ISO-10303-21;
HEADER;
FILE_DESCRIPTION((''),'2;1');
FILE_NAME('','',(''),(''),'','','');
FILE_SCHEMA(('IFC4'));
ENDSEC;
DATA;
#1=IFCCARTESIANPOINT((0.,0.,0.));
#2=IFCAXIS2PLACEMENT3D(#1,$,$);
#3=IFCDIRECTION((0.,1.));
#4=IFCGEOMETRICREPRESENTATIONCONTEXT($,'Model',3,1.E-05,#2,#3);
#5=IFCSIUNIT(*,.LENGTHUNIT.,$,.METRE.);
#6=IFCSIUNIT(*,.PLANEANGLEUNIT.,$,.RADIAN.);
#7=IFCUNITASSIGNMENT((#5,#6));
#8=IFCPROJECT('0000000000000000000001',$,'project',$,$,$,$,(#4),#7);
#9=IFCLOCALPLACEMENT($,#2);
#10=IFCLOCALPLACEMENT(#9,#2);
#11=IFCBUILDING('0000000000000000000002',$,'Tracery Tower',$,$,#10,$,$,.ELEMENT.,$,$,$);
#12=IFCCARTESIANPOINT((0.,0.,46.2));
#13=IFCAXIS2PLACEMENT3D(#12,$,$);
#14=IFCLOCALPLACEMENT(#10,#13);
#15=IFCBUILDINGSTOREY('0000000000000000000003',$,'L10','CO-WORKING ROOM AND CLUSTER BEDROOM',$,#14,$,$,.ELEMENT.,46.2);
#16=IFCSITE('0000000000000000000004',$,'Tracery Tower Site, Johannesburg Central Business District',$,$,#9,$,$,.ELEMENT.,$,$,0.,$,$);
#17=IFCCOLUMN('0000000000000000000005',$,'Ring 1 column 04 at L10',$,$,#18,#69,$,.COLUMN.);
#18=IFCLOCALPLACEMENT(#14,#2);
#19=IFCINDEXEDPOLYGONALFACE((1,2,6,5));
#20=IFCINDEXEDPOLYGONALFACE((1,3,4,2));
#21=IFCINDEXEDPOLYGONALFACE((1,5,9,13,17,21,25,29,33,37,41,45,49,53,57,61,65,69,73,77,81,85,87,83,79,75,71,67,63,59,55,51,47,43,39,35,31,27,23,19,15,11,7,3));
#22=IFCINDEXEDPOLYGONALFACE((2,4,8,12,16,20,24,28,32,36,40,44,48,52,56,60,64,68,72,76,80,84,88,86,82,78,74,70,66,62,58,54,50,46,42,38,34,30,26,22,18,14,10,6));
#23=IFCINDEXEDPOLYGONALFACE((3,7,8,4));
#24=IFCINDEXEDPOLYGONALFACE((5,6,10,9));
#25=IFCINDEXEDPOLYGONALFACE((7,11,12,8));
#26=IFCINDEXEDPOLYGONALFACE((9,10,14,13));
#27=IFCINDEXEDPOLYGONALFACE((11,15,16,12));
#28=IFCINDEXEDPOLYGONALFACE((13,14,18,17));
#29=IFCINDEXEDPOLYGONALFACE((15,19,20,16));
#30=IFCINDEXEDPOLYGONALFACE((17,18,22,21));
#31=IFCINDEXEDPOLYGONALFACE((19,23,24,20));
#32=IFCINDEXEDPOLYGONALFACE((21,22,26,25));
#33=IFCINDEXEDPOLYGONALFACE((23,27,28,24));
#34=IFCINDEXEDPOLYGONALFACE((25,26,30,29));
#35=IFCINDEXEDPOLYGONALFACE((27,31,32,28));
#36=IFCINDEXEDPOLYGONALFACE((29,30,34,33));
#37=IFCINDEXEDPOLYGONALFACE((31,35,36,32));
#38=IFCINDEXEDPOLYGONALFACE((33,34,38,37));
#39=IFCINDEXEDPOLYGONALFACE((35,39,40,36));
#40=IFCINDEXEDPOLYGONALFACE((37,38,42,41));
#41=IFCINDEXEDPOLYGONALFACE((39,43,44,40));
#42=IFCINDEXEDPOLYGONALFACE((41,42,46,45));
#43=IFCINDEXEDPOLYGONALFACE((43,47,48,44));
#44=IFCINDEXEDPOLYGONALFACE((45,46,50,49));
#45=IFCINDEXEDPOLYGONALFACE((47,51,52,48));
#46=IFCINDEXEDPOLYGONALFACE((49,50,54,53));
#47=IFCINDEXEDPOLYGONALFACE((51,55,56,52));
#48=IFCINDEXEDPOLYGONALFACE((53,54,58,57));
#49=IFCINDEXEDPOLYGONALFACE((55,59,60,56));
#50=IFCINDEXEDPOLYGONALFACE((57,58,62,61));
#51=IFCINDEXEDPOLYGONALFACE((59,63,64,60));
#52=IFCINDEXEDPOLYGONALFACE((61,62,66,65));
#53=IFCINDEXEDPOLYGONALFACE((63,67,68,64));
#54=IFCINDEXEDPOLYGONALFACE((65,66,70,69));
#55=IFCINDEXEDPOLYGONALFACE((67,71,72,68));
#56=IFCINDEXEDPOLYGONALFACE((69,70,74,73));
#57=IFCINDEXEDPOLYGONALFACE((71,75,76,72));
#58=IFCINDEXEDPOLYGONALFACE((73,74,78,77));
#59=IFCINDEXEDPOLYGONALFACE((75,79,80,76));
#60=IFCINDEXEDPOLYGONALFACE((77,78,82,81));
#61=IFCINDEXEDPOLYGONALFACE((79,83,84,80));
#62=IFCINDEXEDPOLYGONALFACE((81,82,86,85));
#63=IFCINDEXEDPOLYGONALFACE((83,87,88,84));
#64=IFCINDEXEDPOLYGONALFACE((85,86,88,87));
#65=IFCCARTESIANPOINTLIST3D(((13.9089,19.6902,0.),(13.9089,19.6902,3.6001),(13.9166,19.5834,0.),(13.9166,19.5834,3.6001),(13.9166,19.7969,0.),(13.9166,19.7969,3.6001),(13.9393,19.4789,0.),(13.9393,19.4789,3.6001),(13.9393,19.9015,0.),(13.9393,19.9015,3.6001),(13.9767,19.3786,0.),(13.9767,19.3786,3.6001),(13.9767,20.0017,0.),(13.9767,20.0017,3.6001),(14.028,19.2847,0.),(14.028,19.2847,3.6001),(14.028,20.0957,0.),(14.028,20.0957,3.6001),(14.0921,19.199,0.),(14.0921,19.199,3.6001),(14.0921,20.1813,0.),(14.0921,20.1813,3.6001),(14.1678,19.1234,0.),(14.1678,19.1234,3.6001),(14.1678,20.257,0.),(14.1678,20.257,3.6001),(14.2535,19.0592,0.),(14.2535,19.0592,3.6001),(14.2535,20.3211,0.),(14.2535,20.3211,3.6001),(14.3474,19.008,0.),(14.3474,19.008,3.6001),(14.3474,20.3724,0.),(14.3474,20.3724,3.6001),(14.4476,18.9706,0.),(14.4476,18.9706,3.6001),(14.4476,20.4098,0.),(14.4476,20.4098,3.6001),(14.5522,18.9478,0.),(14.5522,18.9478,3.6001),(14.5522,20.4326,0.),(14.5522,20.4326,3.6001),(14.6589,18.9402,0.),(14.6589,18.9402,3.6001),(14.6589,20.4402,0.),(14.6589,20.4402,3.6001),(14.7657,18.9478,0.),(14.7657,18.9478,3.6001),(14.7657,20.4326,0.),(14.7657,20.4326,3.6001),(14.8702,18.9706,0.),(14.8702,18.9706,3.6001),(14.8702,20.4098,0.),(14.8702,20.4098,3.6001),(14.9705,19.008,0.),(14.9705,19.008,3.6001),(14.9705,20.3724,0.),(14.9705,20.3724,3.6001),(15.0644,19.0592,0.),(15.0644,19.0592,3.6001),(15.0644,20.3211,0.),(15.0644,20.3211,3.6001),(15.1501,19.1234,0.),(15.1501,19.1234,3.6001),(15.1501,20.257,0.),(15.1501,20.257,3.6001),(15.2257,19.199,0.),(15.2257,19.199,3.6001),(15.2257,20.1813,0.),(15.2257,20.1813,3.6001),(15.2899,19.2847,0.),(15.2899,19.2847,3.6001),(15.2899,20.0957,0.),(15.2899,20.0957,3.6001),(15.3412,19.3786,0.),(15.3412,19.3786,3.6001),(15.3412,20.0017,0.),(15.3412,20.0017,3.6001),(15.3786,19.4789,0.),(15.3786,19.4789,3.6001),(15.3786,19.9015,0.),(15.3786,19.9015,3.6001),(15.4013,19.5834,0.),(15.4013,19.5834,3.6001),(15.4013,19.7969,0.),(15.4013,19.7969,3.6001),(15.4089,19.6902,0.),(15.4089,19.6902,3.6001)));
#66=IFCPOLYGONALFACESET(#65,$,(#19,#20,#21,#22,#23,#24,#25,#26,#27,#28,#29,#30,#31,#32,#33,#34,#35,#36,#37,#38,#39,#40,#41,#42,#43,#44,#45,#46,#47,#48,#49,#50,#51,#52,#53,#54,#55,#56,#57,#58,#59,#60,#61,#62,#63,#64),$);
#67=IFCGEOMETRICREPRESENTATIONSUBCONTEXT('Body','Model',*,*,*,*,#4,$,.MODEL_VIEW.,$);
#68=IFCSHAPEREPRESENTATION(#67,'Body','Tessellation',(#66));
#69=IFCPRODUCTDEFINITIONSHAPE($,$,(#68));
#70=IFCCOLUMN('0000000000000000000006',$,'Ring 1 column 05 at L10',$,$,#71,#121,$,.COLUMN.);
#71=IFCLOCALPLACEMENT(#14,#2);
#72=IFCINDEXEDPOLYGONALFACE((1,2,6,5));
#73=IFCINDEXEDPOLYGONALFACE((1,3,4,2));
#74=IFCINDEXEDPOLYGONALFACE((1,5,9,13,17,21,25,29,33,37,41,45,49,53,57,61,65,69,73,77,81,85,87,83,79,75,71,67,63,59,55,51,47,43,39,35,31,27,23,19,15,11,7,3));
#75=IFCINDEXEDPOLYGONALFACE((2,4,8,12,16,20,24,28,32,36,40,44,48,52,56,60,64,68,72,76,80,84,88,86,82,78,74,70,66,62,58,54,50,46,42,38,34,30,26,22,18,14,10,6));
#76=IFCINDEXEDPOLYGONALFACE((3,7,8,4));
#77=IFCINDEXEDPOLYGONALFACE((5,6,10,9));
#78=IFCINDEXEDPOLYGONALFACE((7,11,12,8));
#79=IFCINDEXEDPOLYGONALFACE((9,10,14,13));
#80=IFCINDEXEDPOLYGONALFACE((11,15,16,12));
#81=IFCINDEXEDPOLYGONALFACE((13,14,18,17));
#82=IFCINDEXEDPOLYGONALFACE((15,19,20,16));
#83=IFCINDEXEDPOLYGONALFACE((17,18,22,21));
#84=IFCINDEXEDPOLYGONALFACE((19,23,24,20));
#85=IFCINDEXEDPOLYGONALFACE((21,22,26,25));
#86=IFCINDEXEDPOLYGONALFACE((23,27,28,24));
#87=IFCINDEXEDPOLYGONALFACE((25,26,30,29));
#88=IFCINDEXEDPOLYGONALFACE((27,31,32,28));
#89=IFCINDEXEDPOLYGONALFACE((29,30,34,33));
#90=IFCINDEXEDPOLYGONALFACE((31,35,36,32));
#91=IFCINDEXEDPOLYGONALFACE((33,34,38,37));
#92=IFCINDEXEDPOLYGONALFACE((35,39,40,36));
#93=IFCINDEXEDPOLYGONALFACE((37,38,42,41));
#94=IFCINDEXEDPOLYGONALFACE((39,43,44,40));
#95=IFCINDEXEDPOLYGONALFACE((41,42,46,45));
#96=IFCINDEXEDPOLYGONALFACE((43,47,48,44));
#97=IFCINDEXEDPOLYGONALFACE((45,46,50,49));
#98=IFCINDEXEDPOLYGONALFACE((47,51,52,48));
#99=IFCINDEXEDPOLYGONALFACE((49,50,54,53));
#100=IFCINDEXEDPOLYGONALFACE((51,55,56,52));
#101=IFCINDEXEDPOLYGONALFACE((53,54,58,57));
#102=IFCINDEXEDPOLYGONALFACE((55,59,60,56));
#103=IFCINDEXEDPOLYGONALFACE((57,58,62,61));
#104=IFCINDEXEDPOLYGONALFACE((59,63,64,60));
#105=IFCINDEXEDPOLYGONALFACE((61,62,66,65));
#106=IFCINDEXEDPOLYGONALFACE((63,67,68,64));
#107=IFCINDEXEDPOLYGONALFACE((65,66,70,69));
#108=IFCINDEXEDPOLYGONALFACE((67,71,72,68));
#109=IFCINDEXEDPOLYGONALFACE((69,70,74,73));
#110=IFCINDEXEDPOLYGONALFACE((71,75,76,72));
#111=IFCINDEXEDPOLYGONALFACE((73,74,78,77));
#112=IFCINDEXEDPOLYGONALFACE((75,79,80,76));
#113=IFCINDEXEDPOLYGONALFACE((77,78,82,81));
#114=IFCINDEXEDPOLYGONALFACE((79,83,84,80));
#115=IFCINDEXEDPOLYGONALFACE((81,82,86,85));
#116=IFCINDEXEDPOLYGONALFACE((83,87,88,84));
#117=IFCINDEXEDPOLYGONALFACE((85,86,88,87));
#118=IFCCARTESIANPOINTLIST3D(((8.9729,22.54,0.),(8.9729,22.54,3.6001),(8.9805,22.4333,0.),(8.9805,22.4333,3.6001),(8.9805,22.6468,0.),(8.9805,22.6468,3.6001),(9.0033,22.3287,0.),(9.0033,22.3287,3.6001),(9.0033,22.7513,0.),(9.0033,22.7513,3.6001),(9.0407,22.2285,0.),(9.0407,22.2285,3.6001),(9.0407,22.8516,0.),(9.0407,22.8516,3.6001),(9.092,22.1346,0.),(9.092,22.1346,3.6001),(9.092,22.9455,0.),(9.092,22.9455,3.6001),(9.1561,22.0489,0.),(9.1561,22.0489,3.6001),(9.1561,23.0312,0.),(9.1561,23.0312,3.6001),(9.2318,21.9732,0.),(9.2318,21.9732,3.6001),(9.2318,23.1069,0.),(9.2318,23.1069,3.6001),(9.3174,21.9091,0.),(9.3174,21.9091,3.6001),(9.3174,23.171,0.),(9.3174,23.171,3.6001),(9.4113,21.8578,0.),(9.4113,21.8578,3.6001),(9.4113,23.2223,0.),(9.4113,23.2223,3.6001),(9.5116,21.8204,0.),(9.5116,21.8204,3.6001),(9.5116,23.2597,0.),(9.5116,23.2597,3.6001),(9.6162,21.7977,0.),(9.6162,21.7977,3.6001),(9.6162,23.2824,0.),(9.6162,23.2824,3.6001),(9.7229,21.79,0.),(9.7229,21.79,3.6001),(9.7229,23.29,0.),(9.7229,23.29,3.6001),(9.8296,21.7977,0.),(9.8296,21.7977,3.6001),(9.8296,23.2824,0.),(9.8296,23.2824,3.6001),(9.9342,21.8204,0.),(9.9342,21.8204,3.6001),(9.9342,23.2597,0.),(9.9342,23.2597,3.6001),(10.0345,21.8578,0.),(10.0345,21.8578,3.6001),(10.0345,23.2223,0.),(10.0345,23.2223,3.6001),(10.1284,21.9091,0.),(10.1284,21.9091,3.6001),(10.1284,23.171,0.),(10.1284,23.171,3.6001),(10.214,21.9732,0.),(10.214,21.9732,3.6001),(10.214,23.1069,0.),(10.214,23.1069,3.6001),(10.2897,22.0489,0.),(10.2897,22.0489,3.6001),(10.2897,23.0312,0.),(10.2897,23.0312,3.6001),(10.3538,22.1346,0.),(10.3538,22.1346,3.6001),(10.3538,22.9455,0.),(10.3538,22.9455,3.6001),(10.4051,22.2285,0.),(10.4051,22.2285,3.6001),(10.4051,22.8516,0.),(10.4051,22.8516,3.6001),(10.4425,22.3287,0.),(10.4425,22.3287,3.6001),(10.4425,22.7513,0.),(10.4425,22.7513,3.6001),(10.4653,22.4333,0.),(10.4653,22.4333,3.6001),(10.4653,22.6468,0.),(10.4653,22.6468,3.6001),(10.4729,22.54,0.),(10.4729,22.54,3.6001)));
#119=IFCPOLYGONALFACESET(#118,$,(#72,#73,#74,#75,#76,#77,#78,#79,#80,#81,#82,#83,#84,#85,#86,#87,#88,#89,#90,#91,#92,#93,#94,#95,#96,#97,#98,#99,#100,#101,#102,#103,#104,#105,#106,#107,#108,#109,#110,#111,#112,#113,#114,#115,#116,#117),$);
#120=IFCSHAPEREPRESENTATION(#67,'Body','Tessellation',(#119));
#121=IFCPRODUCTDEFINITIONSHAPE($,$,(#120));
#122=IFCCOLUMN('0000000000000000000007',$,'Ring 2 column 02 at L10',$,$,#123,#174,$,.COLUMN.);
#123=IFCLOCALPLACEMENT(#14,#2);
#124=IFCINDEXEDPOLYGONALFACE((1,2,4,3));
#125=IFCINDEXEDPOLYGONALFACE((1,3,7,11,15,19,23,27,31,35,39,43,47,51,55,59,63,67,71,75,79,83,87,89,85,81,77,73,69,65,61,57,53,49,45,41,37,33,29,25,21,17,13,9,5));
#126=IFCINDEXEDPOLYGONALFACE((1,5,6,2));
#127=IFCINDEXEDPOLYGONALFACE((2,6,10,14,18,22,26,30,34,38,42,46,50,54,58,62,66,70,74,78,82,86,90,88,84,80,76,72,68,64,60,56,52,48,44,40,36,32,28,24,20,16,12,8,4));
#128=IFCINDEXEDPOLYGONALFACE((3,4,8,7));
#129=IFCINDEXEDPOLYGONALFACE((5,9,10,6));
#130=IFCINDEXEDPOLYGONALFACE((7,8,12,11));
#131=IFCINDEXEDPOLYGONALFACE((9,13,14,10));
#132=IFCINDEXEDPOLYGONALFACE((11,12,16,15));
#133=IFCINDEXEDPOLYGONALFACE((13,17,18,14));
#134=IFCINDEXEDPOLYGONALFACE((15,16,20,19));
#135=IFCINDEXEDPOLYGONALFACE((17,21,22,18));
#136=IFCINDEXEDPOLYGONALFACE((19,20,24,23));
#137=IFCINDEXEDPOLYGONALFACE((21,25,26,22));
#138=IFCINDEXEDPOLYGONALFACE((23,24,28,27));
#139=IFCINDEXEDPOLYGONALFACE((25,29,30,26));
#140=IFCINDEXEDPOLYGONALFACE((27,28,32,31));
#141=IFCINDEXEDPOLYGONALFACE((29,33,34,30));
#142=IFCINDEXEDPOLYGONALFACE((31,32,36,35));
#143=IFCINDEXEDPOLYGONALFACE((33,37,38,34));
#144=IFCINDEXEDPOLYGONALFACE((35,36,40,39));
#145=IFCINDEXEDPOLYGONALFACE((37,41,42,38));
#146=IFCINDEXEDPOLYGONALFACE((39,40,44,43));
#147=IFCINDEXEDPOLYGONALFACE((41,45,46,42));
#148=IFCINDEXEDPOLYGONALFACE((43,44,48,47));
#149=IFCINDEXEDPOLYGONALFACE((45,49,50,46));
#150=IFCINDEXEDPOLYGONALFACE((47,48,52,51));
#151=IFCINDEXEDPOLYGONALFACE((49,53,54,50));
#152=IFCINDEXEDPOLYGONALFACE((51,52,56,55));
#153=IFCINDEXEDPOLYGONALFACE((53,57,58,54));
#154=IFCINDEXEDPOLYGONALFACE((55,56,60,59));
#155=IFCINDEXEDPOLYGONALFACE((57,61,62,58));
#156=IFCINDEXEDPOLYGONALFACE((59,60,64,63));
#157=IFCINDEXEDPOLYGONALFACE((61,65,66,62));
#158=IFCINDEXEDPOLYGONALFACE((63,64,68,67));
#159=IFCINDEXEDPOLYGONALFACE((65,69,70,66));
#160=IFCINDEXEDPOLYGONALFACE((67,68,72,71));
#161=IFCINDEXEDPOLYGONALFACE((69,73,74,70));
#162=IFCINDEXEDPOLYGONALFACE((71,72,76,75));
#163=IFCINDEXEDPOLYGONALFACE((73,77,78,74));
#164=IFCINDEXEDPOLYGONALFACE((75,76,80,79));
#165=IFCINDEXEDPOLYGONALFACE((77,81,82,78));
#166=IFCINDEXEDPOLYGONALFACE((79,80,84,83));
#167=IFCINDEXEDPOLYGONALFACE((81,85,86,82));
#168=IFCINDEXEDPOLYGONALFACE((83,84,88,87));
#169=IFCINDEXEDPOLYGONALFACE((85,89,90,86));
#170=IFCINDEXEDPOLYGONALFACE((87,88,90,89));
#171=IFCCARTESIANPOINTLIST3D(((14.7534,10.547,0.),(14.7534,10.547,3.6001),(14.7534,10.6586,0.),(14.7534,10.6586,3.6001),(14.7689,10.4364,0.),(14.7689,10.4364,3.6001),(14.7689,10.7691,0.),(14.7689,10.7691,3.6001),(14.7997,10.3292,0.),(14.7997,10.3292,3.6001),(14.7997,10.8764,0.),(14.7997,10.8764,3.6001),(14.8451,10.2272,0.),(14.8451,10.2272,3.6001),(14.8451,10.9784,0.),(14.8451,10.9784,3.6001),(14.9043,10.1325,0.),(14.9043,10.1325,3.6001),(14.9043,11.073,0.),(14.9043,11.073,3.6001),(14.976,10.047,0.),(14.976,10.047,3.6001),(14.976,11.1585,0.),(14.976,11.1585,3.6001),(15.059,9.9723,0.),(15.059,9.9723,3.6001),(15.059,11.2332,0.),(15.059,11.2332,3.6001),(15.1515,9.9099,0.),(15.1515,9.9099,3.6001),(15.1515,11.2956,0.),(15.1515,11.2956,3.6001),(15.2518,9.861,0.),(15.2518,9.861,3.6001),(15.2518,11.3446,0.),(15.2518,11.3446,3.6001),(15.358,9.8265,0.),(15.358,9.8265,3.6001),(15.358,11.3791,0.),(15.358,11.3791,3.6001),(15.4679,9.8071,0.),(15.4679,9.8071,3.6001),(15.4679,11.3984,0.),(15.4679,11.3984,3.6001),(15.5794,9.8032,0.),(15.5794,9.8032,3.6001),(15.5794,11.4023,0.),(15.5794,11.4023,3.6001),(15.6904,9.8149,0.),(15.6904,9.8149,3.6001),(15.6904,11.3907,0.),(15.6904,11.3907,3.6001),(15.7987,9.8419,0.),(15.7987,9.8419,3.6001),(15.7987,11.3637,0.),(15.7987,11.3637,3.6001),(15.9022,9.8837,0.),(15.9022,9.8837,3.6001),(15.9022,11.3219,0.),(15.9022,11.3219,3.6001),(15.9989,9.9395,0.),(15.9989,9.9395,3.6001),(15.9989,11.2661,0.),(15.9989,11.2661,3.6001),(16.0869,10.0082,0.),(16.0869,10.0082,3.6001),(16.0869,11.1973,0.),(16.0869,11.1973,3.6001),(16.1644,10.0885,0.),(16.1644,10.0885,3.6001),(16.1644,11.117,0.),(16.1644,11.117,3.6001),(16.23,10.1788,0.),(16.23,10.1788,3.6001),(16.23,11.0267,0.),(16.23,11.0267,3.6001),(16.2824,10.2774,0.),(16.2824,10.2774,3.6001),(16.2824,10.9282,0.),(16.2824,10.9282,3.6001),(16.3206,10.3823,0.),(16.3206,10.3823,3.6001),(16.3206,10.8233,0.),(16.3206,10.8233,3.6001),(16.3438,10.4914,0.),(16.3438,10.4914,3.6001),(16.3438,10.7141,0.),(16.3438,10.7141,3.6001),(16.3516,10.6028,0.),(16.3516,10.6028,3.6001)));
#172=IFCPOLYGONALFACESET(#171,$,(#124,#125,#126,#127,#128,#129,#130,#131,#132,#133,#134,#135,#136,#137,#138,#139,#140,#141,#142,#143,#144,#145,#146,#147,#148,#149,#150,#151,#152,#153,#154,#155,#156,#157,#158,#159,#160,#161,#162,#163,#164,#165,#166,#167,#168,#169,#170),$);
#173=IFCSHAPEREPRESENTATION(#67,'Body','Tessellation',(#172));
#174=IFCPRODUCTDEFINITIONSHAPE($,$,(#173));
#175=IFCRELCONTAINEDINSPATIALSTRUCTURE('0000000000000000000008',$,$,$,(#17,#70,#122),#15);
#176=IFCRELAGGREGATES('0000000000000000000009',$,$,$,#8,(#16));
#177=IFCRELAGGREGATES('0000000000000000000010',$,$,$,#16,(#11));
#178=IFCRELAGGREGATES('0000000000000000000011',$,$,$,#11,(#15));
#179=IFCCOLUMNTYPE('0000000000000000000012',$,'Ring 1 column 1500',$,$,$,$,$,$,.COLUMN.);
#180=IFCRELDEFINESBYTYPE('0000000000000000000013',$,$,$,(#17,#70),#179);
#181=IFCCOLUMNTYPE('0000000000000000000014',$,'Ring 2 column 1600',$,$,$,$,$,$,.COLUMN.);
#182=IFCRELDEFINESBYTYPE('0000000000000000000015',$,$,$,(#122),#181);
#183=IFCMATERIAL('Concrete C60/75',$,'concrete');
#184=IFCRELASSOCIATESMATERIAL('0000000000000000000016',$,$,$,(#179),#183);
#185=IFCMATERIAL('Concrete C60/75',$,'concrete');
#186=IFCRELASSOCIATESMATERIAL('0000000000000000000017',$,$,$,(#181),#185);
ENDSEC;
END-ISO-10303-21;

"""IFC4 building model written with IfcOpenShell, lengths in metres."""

from ifc_helpers import new_model, si_unit, direction, frame, origin, origin_2d, place, context, subcontext, project, spatial, circle, extrude, material, material_profile, profile_set, type_object, element, save


model = new_model("IFC4")

# Units and contexts
model_context = context("Model", 3, precision=1e-05, world=origin(), true_north=direction((0.0, 1.0)))
body_context = subcontext(model_context, "Body", "Model", "MODEL_VIEW")
ifc_project = project(units=[si_unit("LENGTHUNIT", "METRE"), si_unit("PLANEANGLEUNIT", "RADIAN")], contexts=[model_context])

# Site, building, storey
site_placement = place(None, origin())
site = spatial("IfcSite", under=ifc_project, at=site_placement, Name="Tracery Tower Site, Johannesburg Central Business District", CompositionType="ELEMENT", RefElevation=0.0)
building_placement = place(site_placement, origin())
building = spatial("IfcBuilding", under=site, at=building_placement, Name="Tracery Tower", CompositionType="ELEMENT")
storey_placement = place(building_placement, frame((0.0, 0.0, 46.2)))
storey = spatial("IfcBuildingStorey", under=building, at=storey_placement, Name="L10", Description="CO-WORKING ROOM AND CLUSTER BEDROOM", CompositionType="ELEMENT", Elevation=46.2)

# Columns
ifc_material_1 = material(Name="Concrete C60/75", Category="concrete")
ifc_material_profile_1 = material_profile(ifc_material_1, circle(Radius=0.75, at=origin_2d()), Name="RC D1500")
ifc_profile_set_1 = profile_set([ifc_material_profile_1], Name="Concrete C60/75")
column_type_1 = type_object("IfcColumnType", Name="Ring 1 column 1500", PredefinedType="COLUMN", material=ifc_profile_set_1)
for number, where, z_axis, x_axis, name in (
    (1, (14.6589, 19.6902, 0.0), (0.0, 0.0, 1.0), (1.0, 0.0, 0.0), "Ring 1 column 04 at L10"),
    (2, (9.7229, 22.54, 0.0), (0.0, 0.0, 1.0), (1.0, 0.0, 0.0), "Ring 1 column 05 at L10"),
):
    element("IfcColumn", number, at=place(storey_placement, frame(where, z_axis=z_axis, x_axis=x_axis)), inside=storey, type_object=column_type_1, Name=name, PredefinedType="COLUMN", context=body_context, shape_type="SweptSolid", body=[
        extrude(circle(Radius=0.75, at=origin_2d()), origin(), (0.0, 0.0, 1.0), 3.6001),
    ])
ifc_material_2 = material(Name="Concrete C60/75", Category="concrete")
ifc_material_profile_2 = material_profile(ifc_material_2, circle(Radius=0.8, at=origin_2d()), Name="RC D1600")
ifc_profile_set_2 = profile_set([ifc_material_profile_2], Name="Concrete C60/75")
column_type_2 = type_object("IfcColumnType", Name="Ring 2 column 1600", PredefinedType="COLUMN", material=ifc_profile_set_2)
for number, where, z_axis, x_axis, name in (
    (3, (15.5515, 10.6028, 0.0), (0.0, 0.0, 1.0), (1.0, 0.0, 0.0), "Ring 2 column 02 at L10"),
):
    element("IfcColumn", number, at=place(storey_placement, frame(where, z_axis=z_axis, x_axis=x_axis)), inside=storey, type_object=column_type_2, Name=name, PredefinedType="COLUMN", context=body_context, shape_type="SweptSolid", body=[
        extrude(circle(Radius=0.8, at=origin_2d()), origin(), (0.0, 0.0, 1.0), 3.6001),
    ])

save(model, "model.ifc")
